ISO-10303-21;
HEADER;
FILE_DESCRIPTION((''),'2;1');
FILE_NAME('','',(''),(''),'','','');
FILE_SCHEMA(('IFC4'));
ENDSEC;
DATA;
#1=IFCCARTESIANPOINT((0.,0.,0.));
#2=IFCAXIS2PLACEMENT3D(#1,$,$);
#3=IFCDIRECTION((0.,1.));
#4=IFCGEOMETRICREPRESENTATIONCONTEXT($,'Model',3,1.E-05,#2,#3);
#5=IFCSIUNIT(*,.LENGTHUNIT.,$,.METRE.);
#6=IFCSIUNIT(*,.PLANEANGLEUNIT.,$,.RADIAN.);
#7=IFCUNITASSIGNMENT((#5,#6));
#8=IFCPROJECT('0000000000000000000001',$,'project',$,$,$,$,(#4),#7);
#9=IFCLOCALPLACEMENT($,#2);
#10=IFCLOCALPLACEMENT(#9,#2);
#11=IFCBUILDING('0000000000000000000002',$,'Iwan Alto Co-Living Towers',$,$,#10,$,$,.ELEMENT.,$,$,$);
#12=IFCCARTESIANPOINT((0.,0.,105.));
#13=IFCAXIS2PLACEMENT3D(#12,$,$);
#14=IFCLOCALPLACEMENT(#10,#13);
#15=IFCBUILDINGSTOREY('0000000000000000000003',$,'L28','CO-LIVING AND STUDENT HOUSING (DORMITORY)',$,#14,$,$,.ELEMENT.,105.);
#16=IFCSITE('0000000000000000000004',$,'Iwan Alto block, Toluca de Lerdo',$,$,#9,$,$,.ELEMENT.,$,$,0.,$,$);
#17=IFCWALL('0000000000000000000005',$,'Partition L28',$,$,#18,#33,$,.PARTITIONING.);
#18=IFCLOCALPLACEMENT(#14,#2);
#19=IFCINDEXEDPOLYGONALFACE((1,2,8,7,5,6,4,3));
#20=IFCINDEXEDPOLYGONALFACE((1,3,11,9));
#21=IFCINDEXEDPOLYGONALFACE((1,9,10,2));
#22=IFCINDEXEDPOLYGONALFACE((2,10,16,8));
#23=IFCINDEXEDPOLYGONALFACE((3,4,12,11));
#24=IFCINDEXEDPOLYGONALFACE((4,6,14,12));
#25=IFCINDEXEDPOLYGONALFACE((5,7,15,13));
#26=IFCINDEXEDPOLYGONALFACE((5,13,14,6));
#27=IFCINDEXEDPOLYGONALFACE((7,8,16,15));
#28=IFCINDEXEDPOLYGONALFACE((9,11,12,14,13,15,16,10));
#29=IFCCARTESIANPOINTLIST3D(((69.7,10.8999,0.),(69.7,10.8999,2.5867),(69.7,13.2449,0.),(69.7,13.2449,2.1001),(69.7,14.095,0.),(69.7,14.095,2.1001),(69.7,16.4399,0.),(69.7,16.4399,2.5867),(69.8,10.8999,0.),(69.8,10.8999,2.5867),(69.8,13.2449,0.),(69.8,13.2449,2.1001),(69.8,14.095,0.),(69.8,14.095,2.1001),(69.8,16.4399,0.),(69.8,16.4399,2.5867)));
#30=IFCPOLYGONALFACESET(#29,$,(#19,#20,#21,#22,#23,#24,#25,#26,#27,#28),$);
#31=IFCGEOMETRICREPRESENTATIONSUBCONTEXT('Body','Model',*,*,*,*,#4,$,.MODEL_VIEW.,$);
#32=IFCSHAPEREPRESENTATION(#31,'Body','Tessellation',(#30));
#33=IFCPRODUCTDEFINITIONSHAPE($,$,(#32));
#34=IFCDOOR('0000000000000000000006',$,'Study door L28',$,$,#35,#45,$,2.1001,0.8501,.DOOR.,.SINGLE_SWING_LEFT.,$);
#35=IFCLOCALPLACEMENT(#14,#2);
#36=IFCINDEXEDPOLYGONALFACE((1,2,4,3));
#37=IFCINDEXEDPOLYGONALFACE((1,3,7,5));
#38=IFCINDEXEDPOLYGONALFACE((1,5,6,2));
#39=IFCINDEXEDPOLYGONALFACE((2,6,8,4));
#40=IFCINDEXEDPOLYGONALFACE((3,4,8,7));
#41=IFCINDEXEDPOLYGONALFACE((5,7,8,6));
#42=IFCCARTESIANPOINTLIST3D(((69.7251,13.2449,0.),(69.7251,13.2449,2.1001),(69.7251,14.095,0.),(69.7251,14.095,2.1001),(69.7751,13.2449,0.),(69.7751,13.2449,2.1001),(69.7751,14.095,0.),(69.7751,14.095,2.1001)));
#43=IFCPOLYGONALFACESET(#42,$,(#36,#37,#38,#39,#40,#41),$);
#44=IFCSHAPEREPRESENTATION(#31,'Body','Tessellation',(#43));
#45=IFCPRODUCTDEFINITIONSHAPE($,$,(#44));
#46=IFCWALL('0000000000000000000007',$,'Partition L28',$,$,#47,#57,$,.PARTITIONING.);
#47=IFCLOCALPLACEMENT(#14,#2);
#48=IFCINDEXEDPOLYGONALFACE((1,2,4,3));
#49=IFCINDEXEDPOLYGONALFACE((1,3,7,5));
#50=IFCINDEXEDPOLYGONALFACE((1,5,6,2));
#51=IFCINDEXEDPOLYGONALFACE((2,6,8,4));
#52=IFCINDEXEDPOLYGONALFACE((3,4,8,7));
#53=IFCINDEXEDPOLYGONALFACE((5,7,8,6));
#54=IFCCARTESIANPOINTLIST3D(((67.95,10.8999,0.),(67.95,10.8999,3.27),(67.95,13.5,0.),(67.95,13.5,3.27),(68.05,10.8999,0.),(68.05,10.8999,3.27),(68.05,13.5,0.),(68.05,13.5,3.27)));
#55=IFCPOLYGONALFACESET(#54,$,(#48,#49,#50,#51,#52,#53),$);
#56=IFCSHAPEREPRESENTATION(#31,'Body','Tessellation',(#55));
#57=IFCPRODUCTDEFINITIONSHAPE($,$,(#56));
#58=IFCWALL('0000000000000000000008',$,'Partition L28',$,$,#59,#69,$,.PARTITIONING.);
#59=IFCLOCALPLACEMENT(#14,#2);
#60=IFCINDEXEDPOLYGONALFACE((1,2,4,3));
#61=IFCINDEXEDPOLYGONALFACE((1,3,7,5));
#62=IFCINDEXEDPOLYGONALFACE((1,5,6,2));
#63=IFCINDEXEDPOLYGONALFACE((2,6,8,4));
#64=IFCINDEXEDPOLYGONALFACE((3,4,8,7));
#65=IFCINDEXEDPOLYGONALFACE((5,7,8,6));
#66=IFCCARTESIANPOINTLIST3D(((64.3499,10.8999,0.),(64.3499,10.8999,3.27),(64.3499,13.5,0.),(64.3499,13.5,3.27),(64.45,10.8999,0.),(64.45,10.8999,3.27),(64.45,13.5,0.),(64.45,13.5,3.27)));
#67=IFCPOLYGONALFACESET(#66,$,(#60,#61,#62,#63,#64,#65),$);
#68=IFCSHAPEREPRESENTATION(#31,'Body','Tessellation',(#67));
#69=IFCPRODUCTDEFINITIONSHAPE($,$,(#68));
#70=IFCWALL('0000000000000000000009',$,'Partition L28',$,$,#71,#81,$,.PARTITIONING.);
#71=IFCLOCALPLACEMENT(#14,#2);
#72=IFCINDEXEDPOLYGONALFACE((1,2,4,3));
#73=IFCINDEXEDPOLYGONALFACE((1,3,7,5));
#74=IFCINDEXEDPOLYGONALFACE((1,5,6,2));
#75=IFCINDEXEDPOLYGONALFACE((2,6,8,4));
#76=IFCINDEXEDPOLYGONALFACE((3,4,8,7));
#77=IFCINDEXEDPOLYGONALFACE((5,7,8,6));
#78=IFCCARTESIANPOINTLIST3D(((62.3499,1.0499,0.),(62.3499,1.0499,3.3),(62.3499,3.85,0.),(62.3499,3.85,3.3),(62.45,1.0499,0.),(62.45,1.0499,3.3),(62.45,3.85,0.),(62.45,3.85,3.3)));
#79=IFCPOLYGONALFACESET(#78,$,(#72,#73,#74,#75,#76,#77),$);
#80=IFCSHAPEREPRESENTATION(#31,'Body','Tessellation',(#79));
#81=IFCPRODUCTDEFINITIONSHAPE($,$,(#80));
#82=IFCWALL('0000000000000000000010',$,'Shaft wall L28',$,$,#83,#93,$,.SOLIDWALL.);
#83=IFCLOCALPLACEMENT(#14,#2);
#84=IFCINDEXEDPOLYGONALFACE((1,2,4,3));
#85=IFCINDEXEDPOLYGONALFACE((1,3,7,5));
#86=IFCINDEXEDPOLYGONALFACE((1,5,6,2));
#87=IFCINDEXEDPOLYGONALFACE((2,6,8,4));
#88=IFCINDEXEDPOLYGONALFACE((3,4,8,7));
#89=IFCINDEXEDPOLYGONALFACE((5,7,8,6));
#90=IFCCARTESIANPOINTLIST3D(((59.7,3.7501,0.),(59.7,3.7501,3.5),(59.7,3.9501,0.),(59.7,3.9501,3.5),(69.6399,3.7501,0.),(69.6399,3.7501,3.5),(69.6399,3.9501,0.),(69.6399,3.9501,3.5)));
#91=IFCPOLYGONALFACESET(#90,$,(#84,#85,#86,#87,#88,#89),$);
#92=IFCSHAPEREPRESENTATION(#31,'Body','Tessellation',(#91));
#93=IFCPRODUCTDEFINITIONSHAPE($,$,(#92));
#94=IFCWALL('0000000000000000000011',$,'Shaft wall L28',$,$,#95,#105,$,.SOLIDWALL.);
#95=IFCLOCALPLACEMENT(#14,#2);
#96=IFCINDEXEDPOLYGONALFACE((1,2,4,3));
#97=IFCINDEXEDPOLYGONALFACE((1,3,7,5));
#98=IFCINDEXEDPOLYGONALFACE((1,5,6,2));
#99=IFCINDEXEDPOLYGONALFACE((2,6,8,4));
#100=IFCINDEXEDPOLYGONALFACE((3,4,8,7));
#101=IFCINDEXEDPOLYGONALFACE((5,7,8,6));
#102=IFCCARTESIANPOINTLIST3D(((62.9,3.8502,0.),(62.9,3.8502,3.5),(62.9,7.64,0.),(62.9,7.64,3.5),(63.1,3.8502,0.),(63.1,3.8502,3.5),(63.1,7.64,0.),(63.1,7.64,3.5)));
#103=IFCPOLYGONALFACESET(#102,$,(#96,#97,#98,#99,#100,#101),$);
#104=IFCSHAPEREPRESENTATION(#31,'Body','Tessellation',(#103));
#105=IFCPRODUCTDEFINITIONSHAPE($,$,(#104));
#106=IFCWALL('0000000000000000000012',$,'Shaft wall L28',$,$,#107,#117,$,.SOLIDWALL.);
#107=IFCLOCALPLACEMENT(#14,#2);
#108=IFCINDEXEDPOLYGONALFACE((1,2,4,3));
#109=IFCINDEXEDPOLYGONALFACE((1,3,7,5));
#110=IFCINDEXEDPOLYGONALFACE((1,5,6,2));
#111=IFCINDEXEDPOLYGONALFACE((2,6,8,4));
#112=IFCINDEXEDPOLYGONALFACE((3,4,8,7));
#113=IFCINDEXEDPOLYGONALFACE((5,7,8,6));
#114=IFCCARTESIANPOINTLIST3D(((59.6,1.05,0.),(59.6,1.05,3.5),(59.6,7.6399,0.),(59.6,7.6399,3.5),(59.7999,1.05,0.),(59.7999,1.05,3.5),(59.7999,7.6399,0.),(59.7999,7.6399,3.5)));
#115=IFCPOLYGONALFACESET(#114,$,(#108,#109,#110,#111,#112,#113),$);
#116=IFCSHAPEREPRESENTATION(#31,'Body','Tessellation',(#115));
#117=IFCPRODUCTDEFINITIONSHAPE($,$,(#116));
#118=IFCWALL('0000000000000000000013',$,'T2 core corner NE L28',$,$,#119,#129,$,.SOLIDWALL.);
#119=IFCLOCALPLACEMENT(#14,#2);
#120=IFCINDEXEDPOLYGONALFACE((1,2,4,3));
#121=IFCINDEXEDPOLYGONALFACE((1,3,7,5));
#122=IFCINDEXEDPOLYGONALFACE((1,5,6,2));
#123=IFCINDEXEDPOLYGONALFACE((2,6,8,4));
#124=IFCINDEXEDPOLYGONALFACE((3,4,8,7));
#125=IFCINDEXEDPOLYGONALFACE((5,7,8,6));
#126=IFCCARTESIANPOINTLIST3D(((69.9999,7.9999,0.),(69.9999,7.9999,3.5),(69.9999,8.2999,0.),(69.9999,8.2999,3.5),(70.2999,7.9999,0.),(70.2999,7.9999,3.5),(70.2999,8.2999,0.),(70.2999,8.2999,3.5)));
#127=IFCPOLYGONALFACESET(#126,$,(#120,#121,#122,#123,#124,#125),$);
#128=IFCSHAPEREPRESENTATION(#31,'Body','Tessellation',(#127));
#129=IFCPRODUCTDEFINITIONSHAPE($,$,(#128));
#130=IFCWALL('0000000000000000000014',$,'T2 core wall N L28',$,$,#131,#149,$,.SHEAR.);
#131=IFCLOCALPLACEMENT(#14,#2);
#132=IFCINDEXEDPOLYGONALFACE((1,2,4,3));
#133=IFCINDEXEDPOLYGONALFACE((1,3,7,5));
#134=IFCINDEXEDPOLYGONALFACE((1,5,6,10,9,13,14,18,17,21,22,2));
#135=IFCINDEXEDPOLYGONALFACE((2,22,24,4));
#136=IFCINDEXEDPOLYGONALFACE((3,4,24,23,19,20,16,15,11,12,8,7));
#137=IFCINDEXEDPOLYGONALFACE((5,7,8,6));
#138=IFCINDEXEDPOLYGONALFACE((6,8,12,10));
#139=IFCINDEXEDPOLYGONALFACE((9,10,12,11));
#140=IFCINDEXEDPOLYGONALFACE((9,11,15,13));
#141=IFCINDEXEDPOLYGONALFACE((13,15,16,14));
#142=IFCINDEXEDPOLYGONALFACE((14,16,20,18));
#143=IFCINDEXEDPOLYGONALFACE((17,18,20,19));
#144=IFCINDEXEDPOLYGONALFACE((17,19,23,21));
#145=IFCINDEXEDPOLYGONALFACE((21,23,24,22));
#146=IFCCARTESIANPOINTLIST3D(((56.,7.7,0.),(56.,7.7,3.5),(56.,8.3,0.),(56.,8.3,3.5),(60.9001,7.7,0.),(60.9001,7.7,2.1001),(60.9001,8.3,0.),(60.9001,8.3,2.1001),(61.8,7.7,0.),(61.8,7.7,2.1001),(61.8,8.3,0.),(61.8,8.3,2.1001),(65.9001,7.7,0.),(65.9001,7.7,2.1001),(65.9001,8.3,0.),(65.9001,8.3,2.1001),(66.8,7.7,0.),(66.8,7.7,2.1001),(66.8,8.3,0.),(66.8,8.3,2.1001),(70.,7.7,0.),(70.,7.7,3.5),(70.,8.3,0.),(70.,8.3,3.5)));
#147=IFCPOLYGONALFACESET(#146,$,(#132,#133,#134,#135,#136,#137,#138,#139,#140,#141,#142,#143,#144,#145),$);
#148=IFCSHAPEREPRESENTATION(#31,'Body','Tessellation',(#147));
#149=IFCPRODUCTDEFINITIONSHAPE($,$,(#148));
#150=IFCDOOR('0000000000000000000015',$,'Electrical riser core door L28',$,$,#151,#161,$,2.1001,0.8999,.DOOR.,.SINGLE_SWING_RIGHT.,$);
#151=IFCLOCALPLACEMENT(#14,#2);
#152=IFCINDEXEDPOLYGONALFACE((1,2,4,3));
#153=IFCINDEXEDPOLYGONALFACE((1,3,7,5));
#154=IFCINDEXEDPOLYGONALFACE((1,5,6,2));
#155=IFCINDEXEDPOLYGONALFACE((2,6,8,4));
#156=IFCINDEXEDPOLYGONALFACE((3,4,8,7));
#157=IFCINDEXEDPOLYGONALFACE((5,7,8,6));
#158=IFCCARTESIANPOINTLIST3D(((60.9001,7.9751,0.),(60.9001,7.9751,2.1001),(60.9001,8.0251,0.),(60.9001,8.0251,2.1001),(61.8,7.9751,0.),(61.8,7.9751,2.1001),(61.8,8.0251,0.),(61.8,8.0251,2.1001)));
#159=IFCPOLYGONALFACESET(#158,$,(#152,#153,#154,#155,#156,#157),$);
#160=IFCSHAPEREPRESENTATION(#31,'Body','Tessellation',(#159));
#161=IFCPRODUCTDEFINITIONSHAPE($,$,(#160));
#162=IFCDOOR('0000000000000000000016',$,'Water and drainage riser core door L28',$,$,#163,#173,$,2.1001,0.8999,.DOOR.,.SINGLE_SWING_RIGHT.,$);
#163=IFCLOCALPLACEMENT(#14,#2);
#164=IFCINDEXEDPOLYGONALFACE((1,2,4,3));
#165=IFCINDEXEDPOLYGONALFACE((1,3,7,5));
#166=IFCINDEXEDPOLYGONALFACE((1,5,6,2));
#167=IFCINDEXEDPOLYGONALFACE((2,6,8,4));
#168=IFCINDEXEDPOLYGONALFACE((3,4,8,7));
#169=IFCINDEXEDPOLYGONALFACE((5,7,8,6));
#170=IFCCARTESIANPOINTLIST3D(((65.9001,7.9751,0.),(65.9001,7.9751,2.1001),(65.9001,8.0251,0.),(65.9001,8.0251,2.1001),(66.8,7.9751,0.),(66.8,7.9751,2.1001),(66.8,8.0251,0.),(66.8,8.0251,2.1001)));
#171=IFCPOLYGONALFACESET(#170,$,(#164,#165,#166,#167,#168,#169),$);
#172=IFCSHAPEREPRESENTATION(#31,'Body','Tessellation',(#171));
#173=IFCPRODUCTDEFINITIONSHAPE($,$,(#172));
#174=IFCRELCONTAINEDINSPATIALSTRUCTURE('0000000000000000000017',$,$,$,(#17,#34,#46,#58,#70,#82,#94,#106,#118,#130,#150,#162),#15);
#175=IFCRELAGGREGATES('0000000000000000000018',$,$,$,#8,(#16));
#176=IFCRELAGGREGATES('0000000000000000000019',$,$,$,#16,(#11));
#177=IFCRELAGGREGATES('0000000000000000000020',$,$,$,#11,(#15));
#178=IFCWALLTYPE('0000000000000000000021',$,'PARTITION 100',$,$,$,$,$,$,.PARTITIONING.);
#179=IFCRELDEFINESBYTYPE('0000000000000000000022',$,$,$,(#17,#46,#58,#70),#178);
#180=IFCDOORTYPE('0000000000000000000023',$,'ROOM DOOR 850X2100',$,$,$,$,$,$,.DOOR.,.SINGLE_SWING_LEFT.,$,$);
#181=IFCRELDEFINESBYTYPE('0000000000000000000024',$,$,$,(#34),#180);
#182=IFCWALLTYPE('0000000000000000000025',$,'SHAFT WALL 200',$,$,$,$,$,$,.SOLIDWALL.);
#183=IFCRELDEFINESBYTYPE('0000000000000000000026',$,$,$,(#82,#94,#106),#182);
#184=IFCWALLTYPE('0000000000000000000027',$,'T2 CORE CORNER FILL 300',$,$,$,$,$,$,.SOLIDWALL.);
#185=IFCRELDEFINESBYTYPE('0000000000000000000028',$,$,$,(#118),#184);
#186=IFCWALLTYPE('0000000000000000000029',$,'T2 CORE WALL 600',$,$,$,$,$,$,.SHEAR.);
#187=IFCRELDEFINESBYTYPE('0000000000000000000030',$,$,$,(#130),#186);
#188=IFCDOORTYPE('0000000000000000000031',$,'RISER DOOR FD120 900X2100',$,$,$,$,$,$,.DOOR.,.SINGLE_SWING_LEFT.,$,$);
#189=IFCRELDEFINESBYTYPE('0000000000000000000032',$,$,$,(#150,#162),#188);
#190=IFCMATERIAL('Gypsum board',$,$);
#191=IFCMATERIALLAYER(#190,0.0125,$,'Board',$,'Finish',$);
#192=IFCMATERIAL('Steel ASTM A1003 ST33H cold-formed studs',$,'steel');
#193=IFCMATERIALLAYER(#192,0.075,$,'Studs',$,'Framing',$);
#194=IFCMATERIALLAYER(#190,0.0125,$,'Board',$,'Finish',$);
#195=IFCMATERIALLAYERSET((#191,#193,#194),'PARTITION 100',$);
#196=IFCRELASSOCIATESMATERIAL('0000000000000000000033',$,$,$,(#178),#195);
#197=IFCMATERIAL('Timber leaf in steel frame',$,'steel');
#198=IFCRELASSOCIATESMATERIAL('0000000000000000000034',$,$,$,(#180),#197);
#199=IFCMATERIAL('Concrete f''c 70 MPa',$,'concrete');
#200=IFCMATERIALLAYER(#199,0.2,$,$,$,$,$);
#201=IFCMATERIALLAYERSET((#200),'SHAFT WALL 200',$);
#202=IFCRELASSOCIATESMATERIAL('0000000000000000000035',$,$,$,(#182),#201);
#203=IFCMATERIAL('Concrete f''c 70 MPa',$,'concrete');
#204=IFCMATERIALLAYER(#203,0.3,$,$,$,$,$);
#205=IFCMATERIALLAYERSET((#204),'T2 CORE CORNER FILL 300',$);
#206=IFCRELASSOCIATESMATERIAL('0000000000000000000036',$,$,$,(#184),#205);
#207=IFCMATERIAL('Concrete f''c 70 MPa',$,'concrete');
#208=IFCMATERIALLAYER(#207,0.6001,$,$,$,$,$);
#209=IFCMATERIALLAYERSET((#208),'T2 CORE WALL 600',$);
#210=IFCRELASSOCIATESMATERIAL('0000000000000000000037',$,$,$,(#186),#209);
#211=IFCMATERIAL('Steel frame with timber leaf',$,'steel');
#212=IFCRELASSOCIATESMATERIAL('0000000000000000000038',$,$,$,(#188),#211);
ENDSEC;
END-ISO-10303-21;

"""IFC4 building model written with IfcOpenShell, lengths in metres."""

from ifc_helpers import new_model, si_unit, direction, frame, frame_2d, origin, place, context, subcontext, project, spatial, rectangle, extrude, material, layer, layer_set, type_object, element, fill, save


model = new_model("IFC4")

# Units and contexts
model_context = context("Model", 3, precision=1e-05, world=origin(), true_north=direction((0.0, 1.0)))
body_context = subcontext(model_context, "Body", "Model", "MODEL_VIEW")
ifc_project = project(units=[si_unit("LENGTHUNIT", "METRE"), si_unit("PLANEANGLEUNIT", "RADIAN")], contexts=[model_context])

# Site, building, storey
site_placement = place(None, origin())
site = spatial("IfcSite", under=ifc_project, at=site_placement, Name="Iwan Alto block, Toluca de Lerdo", CompositionType="ELEMENT", RefElevation=0.0)
building_placement = place(site_placement, origin())
building = spatial("IfcBuilding", under=site, at=building_placement, Name="Iwan Alto Co-Living Towers", CompositionType="ELEMENT")
storey_placement = place(building_placement, frame((0.0, 0.0, 105.0)))
storey = spatial("IfcBuildingStorey", under=building, at=storey_placement, Name="L28", Description="CO-LIVING AND STUDENT HOUSING (DORMITORY)", CompositionType="ELEMENT", Elevation=105.0)

# Shared definitions
ifc_material_1 = material(Name="Gypsum board")
ifc_layer_1 = layer(ifc_material_1, 0.0125, Name="Board", Category="Finish")
ifc_material_2 = material(Name="Steel ASTM A1003 ST33H cold-formed studs", Category="steel")
ifc_layer_2 = layer(ifc_material_2, 0.075, Name="Studs", Category="Framing")
ifc_layer_3 = layer(ifc_material_1, 0.0125, Name="Board", Category="Finish")
ifc_layer_set_1 = layer_set([ifc_layer_1, ifc_layer_2, ifc_layer_3], Name="PARTITION 100")
wall_type_1 = type_object("IfcWallType", Name="PARTITION 100", PredefinedType="PARTITIONING", material=ifc_layer_set_1)

# Shared definitions
ifc_material_3 = material(Name="Timber leaf in steel frame", Category="steel")
door_type_1 = type_object("IfcDoorType", Name="ROOM DOOR 850X2100", OperationType="SINGLE_SWING_LEFT", PredefinedType="DOOR", material=ifc_material_3)

# Wall, opening, door
wall_1_placement = place(storey_placement, frame((69.75, 10.8999, 0.0), z_axis=(0.0, 0.0, 1.0), x_axis=(0.0, 1.0, 0.0)))
wall_1 = element("IfcWall", 1, at=wall_1_placement, inside=storey, type_object=wall_type_1, Name="Partition L28", PredefinedType="PARTITIONING", context=body_context, shape_type="SweptSolid", body=[
    extrude(rectangle(XDim=5.54, YDim=0.1001, at=frame_2d((2.77, 0.0))), origin(), (0.0, 0.0, 1.0), 2.5867),
])
opening_1_placement = place(wall_1_placement, frame((2.345, 0.0, 0.0)))
opening_1 = element("IfcOpeningElement", 2, at=opening_1_placement, cuts=wall_1, PredefinedType="OPENING", context=body_context, shape_type="SweptSolid", body=[
    extrude(rectangle(XDim=0.8501, YDim=2.1001, at=frame_2d((0.425, 1.05))), frame((0.0, 0.0601, 0.0), z_axis=(0.0, -1.0, 0.0), x_axis=(1.0, 0.0, 0.0)), (0.0, 0.0, 1.0), 0.1201),
])
door_1_placement = place(opening_1_placement, origin())
door_1 = element("IfcDoor", 3, at=door_1_placement, inside=storey, type_object=door_type_1, Name="Study door L28", OperationType="SINGLE_SWING_LEFT", OverallHeight=2.1001, OverallWidth=0.8501, PredefinedType="DOOR", context=body_context, shape_type="SweptSolid", body=[
    extrude(rectangle(XDim=0.8501, YDim=2.1001, at=frame_2d((0.425, 1.05))), frame((0.0, 0.0249, 0.0), z_axis=(0.0, -1.0, 0.0), x_axis=(1.0, 0.0, 0.0)), (0.0, 0.0, 1.0), 0.05),
])
fill(opening_1, door_1)

# Walls
for number, where, z_axis, x_axis, name in (
    (4, (68.0, 10.8999, 0.0), (0.0, 0.0, 1.0), (0.0, 1.0, 0.0), "Partition L28"),
    (5, (64.3999, 10.8999, 0.0), (0.0, 0.0, 1.0), (0.0, 1.0, 0.0), "Partition L28"),
):
    element("IfcWall", number, at=place(storey_placement, frame(where, z_axis=z_axis, x_axis=x_axis)), inside=storey, type_object=wall_type_1, Name=name, PredefinedType="PARTITIONING", context=body_context, shape_type="SweptSolid", body=[
        extrude(rectangle(XDim=2.6001, YDim=0.1001, at=frame_2d((1.3, 0.0))), origin(), (0.0, 0.0, 1.0), 3.27),
    ])
wall_2_placement = place(storey_placement, frame((62.3999, 1.05, 0.0), z_axis=(0.0, 0.0, 1.0), x_axis=(0.0, 1.0, 0.0)))
element("IfcWall", 6, at=wall_2_placement, inside=storey, type_object=wall_type_1, Name="Partition L28", PredefinedType="PARTITIONING", context=body_context, shape_type="SweptSolid", body=[
    extrude(rectangle(XDim=2.8, YDim=0.1001, at=frame_2d((1.3999, 0.0))), origin(), (0.0, 0.0, 1.0), 3.3),
])
ifc_material_4 = material(Name="Concrete f'c 70 MPa", Category="concrete")
ifc_layer_4 = layer(ifc_material_4, 0.2)
ifc_layer_set_2 = layer_set([ifc_layer_4], Name="SHAFT WALL 200")
wall_type_2 = type_object("IfcWallType", Name="SHAFT WALL 200", PredefinedType="SOLIDWALL", material=ifc_layer_set_2)
wall_3_placement = place(storey_placement, frame((59.7, 3.8501, 0.0), z_axis=(0.0, 0.0, 1.0), x_axis=(1.0, 0.0, 0.0)))
element("IfcWall", 7, at=wall_3_placement, inside=storey, type_object=wall_type_2, Name="Shaft wall L28", PredefinedType="SOLIDWALL", context=body_context, shape_type="SweptSolid", body=[
    extrude(rectangle(XDim=9.9399, YDim=0.2, at=frame_2d((4.97, 0.0))), origin(), (0.0, 0.0, 1.0), 3.5),
])
wall_4_placement = place(storey_placement, frame((63.0, 3.8501, 0.0), z_axis=(0.0, 0.0, 1.0), x_axis=(0.0, 1.0, 0.0)))
element("IfcWall", 8, at=wall_4_placement, inside=storey, type_object=wall_type_2, Name="Shaft wall L28", PredefinedType="SOLIDWALL", context=body_context, shape_type="SweptSolid", body=[
    extrude(rectangle(XDim=3.7898, YDim=0.2, at=frame_2d((1.895, 0.0))), origin(), (0.0, 0.0, 1.0), 3.5),
])
wall_5_placement = place(storey_placement, frame((59.7, 1.05, 0.0), z_axis=(0.0, 0.0, 1.0), x_axis=(0.0, 1.0, 0.0)))
element("IfcWall", 9, at=wall_5_placement, inside=storey, type_object=wall_type_2, Name="Shaft wall L28", PredefinedType="SOLIDWALL", context=body_context, shape_type="SweptSolid", body=[
    extrude(rectangle(XDim=6.5898, YDim=0.2, at=frame_2d((3.2949, 0.0))), origin(), (0.0, 0.0, 1.0), 3.5),
])
ifc_material_5 = material(Name="Concrete f'c 70 MPa", Category="concrete")
ifc_layer_5 = layer(ifc_material_5, 0.3)
ifc_layer_set_3 = layer_set([ifc_layer_5], Name="T2 CORE CORNER FILL 300")
wall_type_3 = type_object("IfcWallType", Name="T2 CORE CORNER FILL 300", PredefinedType="SOLIDWALL", material=ifc_layer_set_3)
wall_6_placement = place(storey_placement, frame((70.0, 8.1499, 0.0), z_axis=(0.0, 0.0, 1.0), x_axis=(1.0, 0.0, 0.0)))
element("IfcWall", 10, at=wall_6_placement, inside=storey, type_object=wall_type_3, Name="T2 core corner NE L28", PredefinedType="SOLIDWALL", context=body_context, shape_type="SweptSolid", body=[
    extrude(rectangle(XDim=0.3, YDim=0.3, at=frame_2d((0.1499, 0.0))), origin(), (0.0, 0.0, 1.0), 3.5),
])

# Wall, openings, doors
ifc_material_6 = material(Name="Concrete f'c 70 MPa", Category="concrete")
ifc_layer_6 = layer(ifc_material_6, 0.6001)
ifc_layer_set_4 = layer_set([ifc_layer_6], Name="T2 CORE WALL 600")
wall_type_4 = type_object("IfcWallType", Name="T2 CORE WALL 600", PredefinedType="SHEAR", material=ifc_layer_set_4)
wall_7_placement = place(storey_placement, frame((70.0, 8.0, 0.0), z_axis=(0.0, 0.0, 1.0), x_axis=(-1.0, 0.0, 0.0)))
wall_7 = element("IfcWall", 11, at=wall_7_placement, inside=storey, type_object=wall_type_4, Name="T2 core wall N L28", PredefinedType="SHEAR", context=body_context, shape_type="SweptSolid", body=[
    extrude(rectangle(XDim=14.0, YDim=0.6001, at=frame_2d((7.0, 0.0))), origin(), (0.0, 0.0, 1.0), 3.5),
])
opening_2_placement = place(wall_7_placement, frame((8.2, 0.0, 0.0)))
opening_2 = element("IfcOpeningElement", 12, at=opening_2_placement, cuts=wall_7, PredefinedType="OPENING", context=body_context, shape_type="SweptSolid", body=[
    extrude(rectangle(XDim=0.8999, YDim=2.1001, at=frame_2d((0.45, 1.05))), frame((0.0, 0.3101, 0.0), z_axis=(0.0, -1.0, 0.0), x_axis=(1.0, 0.0, 0.0)), (0.0, 0.0, 1.0), 0.6201),
])
opening_3_placement = place(wall_7_placement, frame((3.2, 0.0, 0.0)))
opening_3 = element("IfcOpeningElement", 13, at=opening_3_placement, cuts=wall_7, PredefinedType="OPENING", context=body_context, shape_type="SweptSolid", body=[
    extrude(rectangle(XDim=0.8999, YDim=2.1001, at=frame_2d((0.45, 1.05))), frame((0.0, 0.3101, 0.0), z_axis=(0.0, -1.0, 0.0), x_axis=(1.0, 0.0, 0.0)), (0.0, 0.0, 1.0), 0.6201),
])
ifc_material_7 = material(Name="Steel frame with timber leaf", Category="steel")
door_type_2 = type_object("IfcDoorType", Name="RISER DOOR FD120 900X2100", OperationType="SINGLE_SWING_LEFT", PredefinedType="DOOR", material=ifc_material_7)
door_2_placement = place(opening_2_placement, origin())
door_2 = element("IfcDoor", 14, at=door_2_placement, inside=storey, type_object=door_type_2, Name="Electrical riser core door L28", OperationType="SINGLE_SWING_RIGHT", OverallHeight=2.1001, OverallWidth=0.8999, PredefinedType="DOOR", context=body_context, shape_type="SweptSolid", body=[
    extrude(rectangle(XDim=0.8999, YDim=2.1001, at=frame_2d((0.45, 1.05))), frame((0.0, 0.0249, 0.0), z_axis=(0.0, -1.0, 0.0), x_axis=(1.0, 0.0, 0.0)), (0.0, 0.0, 1.0), 0.05),
])
fill(opening_2, door_2)
door_3_placement = place(opening_3_placement, origin())
door_3 = element("IfcDoor", 15, at=door_3_placement, inside=storey, type_object=door_type_2, Name="Water and drainage riser core door L28", OperationType="SINGLE_SWING_RIGHT", OverallHeight=2.1001, OverallWidth=0.8999, PredefinedType="DOOR", context=body_context, shape_type="SweptSolid", body=[
    extrude(rectangle(XDim=0.8999, YDim=2.1001, at=frame_2d((0.45, 1.05))), frame((0.0, 0.0249, 0.0), z_axis=(0.0, -1.0, 0.0), x_axis=(1.0, 0.0, 0.0)), (0.0, 0.0, 1.0), 0.05),
])
fill(opening_3, door_3)

save(model, "model.ifc")
